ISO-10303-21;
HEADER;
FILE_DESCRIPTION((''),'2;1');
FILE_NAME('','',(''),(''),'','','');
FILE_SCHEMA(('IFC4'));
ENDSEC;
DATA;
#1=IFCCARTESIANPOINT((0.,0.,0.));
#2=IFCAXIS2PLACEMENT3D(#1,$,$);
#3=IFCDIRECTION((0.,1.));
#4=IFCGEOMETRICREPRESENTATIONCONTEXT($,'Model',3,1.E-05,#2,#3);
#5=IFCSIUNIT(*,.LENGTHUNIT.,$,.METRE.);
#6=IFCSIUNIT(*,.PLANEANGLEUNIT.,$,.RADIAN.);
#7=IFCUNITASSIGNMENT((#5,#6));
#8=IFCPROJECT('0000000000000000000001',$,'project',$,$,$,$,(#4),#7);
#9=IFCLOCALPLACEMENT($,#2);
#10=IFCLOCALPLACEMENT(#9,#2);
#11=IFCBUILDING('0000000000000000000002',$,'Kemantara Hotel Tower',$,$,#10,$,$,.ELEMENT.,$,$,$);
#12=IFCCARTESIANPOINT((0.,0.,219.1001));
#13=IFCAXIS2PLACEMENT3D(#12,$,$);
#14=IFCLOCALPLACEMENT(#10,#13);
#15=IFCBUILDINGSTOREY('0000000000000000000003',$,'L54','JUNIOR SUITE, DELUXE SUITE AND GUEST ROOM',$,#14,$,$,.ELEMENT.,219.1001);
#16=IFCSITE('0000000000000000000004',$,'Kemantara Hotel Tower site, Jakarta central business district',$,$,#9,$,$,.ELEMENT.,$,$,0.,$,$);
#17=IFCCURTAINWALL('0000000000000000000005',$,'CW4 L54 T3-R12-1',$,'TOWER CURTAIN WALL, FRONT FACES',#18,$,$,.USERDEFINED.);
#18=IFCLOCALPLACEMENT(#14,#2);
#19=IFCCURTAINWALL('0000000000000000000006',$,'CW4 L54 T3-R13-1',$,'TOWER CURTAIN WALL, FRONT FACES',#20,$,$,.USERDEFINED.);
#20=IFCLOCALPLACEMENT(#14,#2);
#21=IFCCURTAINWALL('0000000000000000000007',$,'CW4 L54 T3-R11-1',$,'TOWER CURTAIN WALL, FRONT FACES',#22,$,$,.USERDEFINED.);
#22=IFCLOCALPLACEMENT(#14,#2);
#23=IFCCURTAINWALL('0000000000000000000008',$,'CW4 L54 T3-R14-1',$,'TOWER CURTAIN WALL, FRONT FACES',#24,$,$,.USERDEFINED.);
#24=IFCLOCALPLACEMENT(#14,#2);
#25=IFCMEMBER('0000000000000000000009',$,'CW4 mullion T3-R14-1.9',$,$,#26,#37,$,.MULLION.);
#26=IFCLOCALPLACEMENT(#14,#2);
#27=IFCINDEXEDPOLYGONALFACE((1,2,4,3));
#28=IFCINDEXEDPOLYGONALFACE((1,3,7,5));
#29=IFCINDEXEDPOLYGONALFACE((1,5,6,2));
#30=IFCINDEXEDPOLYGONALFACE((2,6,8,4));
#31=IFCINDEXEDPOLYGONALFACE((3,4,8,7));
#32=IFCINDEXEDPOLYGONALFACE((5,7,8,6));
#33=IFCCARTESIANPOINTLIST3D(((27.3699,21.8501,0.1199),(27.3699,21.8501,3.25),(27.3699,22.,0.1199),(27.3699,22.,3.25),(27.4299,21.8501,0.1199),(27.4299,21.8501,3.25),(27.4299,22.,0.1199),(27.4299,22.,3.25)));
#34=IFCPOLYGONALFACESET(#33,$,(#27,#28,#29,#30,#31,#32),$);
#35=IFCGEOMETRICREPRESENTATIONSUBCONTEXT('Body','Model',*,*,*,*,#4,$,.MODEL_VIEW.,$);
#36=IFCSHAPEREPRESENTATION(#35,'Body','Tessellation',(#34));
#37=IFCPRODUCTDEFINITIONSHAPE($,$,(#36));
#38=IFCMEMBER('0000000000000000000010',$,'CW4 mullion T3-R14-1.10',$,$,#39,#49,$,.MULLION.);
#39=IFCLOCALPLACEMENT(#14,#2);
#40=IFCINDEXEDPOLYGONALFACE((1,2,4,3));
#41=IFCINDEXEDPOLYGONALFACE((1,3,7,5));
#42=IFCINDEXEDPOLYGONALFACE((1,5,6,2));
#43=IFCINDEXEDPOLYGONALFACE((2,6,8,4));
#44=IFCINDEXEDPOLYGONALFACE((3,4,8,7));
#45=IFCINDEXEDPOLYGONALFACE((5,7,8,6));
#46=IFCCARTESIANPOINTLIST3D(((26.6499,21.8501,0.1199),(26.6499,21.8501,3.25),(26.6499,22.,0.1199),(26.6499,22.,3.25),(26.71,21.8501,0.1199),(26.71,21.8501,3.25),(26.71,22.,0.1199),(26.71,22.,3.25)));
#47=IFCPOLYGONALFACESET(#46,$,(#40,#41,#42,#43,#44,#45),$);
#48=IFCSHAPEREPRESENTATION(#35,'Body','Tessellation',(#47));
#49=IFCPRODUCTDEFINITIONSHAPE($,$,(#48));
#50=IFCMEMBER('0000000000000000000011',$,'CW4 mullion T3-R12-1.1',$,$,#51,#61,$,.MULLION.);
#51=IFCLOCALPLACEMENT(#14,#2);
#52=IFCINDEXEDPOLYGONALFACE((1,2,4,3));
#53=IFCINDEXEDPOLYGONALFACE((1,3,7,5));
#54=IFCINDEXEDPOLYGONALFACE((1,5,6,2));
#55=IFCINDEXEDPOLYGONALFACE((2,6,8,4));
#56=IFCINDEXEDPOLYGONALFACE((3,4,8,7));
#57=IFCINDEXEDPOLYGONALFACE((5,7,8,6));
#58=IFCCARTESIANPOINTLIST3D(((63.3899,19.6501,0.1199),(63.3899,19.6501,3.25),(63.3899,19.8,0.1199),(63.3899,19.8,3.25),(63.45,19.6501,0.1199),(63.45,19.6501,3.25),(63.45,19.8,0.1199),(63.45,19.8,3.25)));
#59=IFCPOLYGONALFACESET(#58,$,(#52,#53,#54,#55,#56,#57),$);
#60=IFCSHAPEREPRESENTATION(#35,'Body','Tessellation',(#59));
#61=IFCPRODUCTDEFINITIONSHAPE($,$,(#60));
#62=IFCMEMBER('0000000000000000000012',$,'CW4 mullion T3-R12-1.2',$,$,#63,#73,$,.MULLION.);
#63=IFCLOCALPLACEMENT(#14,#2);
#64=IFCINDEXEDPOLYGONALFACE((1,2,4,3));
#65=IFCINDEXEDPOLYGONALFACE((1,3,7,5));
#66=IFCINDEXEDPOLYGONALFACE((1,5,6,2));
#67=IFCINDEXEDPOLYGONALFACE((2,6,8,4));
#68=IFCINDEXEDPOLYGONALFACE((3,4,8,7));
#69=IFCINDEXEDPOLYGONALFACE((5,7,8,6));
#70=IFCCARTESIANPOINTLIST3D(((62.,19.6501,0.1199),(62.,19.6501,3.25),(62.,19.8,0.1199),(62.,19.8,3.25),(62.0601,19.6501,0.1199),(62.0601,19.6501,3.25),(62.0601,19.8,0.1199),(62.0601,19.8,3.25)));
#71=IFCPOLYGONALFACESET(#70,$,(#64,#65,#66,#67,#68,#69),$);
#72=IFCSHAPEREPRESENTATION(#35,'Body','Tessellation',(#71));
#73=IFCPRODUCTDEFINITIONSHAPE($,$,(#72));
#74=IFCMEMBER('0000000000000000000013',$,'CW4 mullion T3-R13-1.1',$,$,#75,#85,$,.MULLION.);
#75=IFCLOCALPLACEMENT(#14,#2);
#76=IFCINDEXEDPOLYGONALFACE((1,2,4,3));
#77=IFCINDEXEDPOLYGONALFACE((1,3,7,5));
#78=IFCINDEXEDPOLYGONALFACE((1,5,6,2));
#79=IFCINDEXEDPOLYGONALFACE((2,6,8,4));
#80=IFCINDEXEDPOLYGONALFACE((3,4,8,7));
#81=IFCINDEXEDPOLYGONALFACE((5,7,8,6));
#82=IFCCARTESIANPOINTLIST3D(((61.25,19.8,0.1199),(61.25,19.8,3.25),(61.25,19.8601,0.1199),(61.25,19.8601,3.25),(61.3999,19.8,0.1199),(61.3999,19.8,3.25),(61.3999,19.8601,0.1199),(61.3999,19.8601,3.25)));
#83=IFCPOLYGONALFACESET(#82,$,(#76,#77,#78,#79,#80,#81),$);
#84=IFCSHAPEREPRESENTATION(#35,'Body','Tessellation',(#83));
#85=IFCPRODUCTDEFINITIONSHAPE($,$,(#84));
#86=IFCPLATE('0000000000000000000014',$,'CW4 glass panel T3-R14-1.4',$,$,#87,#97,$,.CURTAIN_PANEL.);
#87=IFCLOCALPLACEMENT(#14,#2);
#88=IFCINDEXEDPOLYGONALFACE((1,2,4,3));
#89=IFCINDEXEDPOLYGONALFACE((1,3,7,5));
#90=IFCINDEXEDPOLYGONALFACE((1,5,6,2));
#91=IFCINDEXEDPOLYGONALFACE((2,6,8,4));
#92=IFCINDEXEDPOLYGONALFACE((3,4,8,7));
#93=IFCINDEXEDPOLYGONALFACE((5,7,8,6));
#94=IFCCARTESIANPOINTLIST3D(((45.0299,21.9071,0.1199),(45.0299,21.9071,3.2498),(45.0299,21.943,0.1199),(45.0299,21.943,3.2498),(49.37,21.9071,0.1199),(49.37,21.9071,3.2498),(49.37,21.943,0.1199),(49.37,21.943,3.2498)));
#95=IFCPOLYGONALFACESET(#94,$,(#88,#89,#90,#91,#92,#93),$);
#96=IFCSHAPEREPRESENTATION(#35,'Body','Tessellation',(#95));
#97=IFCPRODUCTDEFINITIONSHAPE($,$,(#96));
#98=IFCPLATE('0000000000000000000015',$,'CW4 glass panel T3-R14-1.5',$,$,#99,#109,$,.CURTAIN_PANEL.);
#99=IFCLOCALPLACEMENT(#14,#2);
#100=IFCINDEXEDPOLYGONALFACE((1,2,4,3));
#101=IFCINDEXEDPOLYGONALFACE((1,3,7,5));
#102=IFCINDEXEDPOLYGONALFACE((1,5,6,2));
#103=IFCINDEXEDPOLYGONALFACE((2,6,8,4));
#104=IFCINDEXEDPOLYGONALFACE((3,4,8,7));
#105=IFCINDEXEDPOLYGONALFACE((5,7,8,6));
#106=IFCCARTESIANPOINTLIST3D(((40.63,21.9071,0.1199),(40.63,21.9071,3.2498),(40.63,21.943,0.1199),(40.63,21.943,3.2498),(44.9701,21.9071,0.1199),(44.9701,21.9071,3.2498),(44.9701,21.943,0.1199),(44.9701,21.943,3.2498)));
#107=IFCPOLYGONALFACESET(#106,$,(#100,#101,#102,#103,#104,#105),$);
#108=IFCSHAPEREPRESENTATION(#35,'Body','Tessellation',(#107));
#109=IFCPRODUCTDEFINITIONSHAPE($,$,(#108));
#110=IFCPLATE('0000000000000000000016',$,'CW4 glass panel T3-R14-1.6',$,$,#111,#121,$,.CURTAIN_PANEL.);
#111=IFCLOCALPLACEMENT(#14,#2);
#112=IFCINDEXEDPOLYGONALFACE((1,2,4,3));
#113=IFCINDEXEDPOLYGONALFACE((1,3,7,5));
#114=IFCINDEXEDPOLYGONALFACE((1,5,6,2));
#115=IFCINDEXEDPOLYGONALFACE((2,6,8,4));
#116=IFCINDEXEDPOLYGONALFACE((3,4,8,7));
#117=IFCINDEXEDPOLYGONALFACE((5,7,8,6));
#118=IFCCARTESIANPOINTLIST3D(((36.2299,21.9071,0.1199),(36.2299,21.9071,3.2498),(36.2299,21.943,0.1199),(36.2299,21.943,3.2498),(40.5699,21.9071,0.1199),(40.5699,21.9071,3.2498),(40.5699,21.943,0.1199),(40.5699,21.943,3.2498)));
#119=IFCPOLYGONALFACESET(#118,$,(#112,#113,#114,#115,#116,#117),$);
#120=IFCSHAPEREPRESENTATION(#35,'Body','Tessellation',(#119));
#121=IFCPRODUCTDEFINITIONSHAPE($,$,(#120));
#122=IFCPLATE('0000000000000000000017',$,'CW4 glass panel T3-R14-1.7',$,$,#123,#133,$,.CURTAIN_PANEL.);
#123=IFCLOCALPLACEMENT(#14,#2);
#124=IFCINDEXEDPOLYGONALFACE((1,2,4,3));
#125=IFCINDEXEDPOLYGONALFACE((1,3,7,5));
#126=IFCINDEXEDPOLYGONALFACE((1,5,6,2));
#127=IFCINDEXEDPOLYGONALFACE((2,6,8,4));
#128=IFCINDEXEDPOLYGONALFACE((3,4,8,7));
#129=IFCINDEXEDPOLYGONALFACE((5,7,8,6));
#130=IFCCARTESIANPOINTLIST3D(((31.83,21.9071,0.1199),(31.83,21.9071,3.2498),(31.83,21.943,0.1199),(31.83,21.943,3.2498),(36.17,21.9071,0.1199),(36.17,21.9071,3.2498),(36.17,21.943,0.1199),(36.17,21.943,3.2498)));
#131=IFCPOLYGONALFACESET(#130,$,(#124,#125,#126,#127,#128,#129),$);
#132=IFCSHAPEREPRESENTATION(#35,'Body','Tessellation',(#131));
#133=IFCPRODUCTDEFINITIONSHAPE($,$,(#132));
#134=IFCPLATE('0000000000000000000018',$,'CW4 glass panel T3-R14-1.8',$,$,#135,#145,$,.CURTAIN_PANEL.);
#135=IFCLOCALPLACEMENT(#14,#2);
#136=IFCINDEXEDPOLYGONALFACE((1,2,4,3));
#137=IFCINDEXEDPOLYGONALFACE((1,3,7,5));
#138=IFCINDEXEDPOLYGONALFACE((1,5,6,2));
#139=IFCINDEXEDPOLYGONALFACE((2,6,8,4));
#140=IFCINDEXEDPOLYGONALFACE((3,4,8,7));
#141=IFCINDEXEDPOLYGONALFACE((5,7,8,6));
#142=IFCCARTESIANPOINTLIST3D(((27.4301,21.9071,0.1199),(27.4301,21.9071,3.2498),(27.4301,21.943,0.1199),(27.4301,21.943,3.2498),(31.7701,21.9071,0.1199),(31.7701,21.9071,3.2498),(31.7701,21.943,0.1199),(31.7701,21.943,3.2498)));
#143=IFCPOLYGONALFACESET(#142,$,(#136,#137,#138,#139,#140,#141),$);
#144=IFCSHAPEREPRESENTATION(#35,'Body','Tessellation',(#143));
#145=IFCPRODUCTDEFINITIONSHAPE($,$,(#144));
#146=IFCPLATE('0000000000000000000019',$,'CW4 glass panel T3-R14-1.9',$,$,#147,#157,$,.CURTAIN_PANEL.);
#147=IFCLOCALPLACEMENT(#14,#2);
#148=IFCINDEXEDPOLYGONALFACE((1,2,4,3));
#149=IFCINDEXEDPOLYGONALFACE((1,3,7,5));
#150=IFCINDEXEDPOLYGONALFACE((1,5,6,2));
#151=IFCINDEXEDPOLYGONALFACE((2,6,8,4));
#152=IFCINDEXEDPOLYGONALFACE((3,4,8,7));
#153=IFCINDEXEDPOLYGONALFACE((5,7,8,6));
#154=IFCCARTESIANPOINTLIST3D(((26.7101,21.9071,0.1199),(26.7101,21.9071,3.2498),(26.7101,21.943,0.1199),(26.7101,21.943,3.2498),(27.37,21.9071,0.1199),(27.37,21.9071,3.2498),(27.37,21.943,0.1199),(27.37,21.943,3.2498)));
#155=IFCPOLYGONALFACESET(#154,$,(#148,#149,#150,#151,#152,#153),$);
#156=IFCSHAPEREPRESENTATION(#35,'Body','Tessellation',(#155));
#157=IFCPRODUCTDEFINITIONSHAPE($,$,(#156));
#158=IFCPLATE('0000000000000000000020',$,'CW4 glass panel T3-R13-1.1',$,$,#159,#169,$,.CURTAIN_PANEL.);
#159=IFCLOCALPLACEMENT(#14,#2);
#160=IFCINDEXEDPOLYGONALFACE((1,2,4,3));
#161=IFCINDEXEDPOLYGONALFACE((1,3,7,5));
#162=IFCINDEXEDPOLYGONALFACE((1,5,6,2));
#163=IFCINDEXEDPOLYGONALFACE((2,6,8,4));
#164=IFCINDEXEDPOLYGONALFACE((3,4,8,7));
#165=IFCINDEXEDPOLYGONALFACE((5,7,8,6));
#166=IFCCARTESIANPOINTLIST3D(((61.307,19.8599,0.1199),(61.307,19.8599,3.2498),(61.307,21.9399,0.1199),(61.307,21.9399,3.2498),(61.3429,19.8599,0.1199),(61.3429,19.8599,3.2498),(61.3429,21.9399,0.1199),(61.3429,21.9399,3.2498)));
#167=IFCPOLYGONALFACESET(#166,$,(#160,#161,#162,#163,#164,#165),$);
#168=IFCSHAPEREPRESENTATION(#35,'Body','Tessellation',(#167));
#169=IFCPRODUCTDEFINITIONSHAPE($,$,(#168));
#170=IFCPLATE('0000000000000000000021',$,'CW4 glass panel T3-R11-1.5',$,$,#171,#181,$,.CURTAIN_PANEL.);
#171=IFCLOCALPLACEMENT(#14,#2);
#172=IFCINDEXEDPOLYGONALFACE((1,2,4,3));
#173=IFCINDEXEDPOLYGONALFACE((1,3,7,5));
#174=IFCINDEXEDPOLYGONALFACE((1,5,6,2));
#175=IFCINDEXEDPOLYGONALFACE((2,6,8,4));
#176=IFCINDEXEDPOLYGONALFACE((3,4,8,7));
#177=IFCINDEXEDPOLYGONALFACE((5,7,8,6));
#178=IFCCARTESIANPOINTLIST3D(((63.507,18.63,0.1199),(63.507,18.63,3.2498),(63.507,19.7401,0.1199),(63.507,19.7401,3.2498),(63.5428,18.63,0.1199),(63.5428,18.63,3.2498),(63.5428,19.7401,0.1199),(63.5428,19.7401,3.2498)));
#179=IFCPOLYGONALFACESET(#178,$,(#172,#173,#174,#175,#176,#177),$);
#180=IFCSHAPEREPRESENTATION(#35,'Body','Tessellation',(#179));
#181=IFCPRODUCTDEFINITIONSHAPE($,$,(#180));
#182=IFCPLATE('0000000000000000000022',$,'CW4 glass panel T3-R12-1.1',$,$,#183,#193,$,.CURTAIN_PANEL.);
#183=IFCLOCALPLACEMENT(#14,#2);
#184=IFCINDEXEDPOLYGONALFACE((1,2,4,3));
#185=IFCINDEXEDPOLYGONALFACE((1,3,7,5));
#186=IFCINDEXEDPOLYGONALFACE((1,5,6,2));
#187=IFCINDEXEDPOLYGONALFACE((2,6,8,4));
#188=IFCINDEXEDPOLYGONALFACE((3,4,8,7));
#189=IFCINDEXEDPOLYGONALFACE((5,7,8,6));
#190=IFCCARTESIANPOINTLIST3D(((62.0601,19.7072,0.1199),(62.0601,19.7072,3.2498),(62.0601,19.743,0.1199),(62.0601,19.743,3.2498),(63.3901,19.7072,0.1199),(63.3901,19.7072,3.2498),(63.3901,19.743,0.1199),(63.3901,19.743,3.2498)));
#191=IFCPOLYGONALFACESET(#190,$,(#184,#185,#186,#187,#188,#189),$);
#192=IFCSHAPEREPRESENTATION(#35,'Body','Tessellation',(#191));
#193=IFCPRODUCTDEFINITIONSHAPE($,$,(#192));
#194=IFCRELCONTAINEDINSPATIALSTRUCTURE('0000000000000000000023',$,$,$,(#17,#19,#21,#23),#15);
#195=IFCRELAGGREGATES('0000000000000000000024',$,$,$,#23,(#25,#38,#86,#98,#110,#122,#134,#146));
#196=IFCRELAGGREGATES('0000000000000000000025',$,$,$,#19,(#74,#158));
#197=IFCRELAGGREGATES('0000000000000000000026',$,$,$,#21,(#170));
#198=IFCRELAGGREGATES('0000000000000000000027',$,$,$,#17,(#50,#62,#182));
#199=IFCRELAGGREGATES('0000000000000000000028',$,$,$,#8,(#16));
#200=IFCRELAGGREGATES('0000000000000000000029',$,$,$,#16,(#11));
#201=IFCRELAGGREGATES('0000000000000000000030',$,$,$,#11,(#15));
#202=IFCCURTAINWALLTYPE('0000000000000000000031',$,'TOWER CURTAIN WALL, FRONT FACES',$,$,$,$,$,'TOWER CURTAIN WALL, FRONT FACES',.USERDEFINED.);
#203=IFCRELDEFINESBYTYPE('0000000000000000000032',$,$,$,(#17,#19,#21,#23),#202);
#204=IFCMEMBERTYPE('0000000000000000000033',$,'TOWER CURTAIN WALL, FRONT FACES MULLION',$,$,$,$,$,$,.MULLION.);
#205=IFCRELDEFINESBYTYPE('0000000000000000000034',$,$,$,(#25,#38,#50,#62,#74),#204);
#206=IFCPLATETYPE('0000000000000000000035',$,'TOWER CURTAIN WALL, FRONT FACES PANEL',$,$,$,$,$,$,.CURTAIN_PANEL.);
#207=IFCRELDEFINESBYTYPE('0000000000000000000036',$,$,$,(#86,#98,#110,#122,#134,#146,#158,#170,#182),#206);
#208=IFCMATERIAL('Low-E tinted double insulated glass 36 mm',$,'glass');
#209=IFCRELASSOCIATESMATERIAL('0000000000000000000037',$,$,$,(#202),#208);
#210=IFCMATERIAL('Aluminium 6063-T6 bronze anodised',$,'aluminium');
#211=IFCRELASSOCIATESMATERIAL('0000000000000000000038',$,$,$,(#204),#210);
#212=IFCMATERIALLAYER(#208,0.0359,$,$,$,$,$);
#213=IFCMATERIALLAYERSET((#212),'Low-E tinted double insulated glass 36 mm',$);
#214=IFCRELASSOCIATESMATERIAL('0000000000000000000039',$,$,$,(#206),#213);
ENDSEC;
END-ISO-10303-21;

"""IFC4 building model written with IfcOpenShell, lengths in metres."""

from ifc_helpers import new_model, si_unit, direction, frame, origin, origin_2d, place, context, subcontext, project, spatial, rectangle, extrude, source, transform, mapped, material, layer, layer_set, material_profile, profile_set, type_object, element, aggregate, save


model = new_model("IFC4")

# Units and contexts
model_context = context("Model", 3, precision=1e-05, world=origin(), true_north=direction((0.0, 1.0)))
body_context = subcontext(model_context, "Body", "Model", "MODEL_VIEW")
ifc_project = project(units=[si_unit("LENGTHUNIT", "METRE"), si_unit("PLANEANGLEUNIT", "RADIAN")], contexts=[model_context])

# Site, building, storey
site_placement = place(None, origin())
site = spatial("IfcSite", under=ifc_project, at=site_placement, Name="Kemantara Hotel Tower site, Jakarta central business district", CompositionType="ELEMENT", RefElevation=0.0)
building_placement = place(site_placement, origin())
building = spatial("IfcBuilding", under=site, at=building_placement, Name="Kemantara Hotel Tower", CompositionType="ELEMENT")
storey_placement = place(building_placement, frame((0.0, 0.0, 219.1001)))
storey = spatial("IfcBuildingStorey", under=building, at=storey_placement, Name="L54", Description="JUNIOR SUITE, DELUXE SUITE AND GUEST ROOM", CompositionType="ELEMENT", Elevation=219.1001)

# Curtain walls
ifc_material_1 = material(Name="Low-E tinted double insulated glass 36 mm", Category="glass")
curtain_wall_type = type_object("IfcCurtainWallType", Name="TOWER CURTAIN WALL, FRONT FACES", ElementType="TOWER CURTAIN WALL, FRONT FACES", PredefinedType="USERDEFINED", material=ifc_material_1)
curtain_wall_1_placement = place(storey_placement, origin())
curtain_wall_1 = element("IfcCurtainWall", 1, at=curtain_wall_1_placement, inside=storey, type_object=curtain_wall_type, Name="CW4 L54 T3-R12-1", ObjectType="TOWER CURTAIN WALL, FRONT FACES", PredefinedType="USERDEFINED")
ifc_material_2 = material(Name="Aluminium 6063-T6 bronze anodised", Category="aluminium")
curtain_wall_2_placement = place(storey_placement, origin())
curtain_wall_2 = element("IfcCurtainWall", 2, at=curtain_wall_2_placement, inside=storey, type_object=curtain_wall_type, Name="CW4 L54 T3-R13-1", ObjectType="TOWER CURTAIN WALL, FRONT FACES", PredefinedType="USERDEFINED")

# Curtain walls, members
curtain_wall_3_placement = place(storey_placement, origin())
curtain_wall_3 = element("IfcCurtainWall", 3, at=curtain_wall_3_placement, inside=storey, type_object=curtain_wall_type, Name="CW4 L54 T3-R11-1", ObjectType="TOWER CURTAIN WALL, FRONT FACES", PredefinedType="USERDEFINED")
ifc_material_profile_1 = material_profile(ifc_material_2, rectangle(XDim=0.1499, YDim=0.0601, at=origin_2d()), Name="TOWER CURTAIN WALL, FRONT FACES MULLION")
ifc_profile_set_1 = profile_set([ifc_material_profile_1], Name="Aluminium 6063-T6 bronze anodised")
member_type_1 = type_object("IfcMemberType", Name="TOWER CURTAIN WALL, FRONT FACES MULLION", PredefinedType="MULLION", material=ifc_profile_set_1)
shared_shape_1 = source(origin(), body_context, "Body", "SweptSolid", [
    extrude(rectangle(XDim=0.1499, YDim=0.0601, at=origin_2d()), origin(), (0.0, 0.0, 1.0), 3.1301),
])
curtain_wall_4_placement = place(storey_placement, origin())
curtain_wall_4 = element("IfcCurtainWall", 4, at=curtain_wall_4_placement, inside=storey, type_object=curtain_wall_type, Name="CW4 L54 T3-R14-1", ObjectType="TOWER CURTAIN WALL, FRONT FACES", PredefinedType="USERDEFINED")
member_1_placement = place(storey_placement, frame((27.3999, 21.925, 0.1199), z_axis=(0.0, 0.0, 1.0), x_axis=(0.0, -1.0, 0.0)))
member_1 = element("IfcMember", 5, at=member_1_placement, type_object=member_type_1, Name="CW4 mullion T3-R14-1.9", PredefinedType="MULLION", context=body_context, shape_type="MappedRepresentation", body=[
    mapped(shared_shape_1, transform((0.0, 0.0, 0.0))),
])
member_2_placement = place(storey_placement, frame((26.6799, 21.925, 0.1199), z_axis=(0.0, 0.0, 1.0), x_axis=(0.0, -1.0, 0.0)))
member_2 = element("IfcMember", 6, at=member_2_placement, type_object=member_type_1, Name="CW4 mullion T3-R14-1.10", PredefinedType="MULLION", context=body_context, shape_type="MappedRepresentation", body=[
    mapped(shared_shape_1, transform((0.0, 0.0, 0.0))),
])

# Members
member_3_placement = place(storey_placement, frame((63.4199, 19.7251, 0.1199), z_axis=(0.0, 0.0, 1.0), x_axis=(0.0, -1.0, 0.0)))
member_3 = element("IfcMember", 7, at=member_3_placement, type_object=member_type_1, Name="CW4 mullion T3-R12-1.1", PredefinedType="MULLION", context=body_context, shape_type="MappedRepresentation", body=[
    mapped(shared_shape_1, transform((0.0, 0.0, 0.0))),
])
member_4_placement = place(storey_placement, frame((62.03, 19.7251, 0.1199), z_axis=(0.0, 0.0, 1.0), x_axis=(0.0, -1.0, 0.0)))
member_4 = element("IfcMember", 8, at=member_4_placement, type_object=member_type_1, Name="CW4 mullion T3-R12-1.2", PredefinedType="MULLION", context=body_context, shape_type="MappedRepresentation", body=[
    mapped(shared_shape_1, transform((0.0, 0.0, 0.0))),
])
member_5_placement = place(storey_placement, frame((61.325, 19.8301, 0.1199), z_axis=(0.0, 0.0, 1.0), x_axis=(-1.0, 0.0, 0.0)))
member_5 = element("IfcMember", 9, at=member_5_placement, type_object=member_type_1, Name="CW4 mullion T3-R13-1.1", PredefinedType="MULLION", context=body_context, shape_type="MappedRepresentation", body=[
    mapped(shared_shape_1, transform((0.0, 0.0, 0.0))),
])

# Plates
ifc_layer_1 = layer(ifc_material_1, 0.0359)
ifc_layer_set_1 = layer_set([ifc_layer_1], Name="Low-E tinted double insulated glass 36 mm")
plate_type = type_object("IfcPlateType", Name="TOWER CURTAIN WALL, FRONT FACES PANEL", PredefinedType="CURTAIN_PANEL", material=ifc_layer_set_1)
shared_shape_2 = source(origin(), body_context, "Body", "SweptSolid", [
    extrude(rectangle(XDim=4.3401, YDim=0.0359, at=origin_2d()), origin(), (0.0, 0.0, 1.0), 3.1299),
])
plate_1_placement = place(storey_placement, frame((47.2, 21.925, 0.1199), z_axis=(0.0, 0.0, 1.0), x_axis=(-1.0, 0.0, 0.0)))
plate_1 = element("IfcPlate", 10, at=plate_1_placement, type_object=plate_type, Name="CW4 glass panel T3-R14-1.4", PredefinedType="CURTAIN_PANEL", context=body_context, shape_type="MappedRepresentation", body=[
    mapped(shared_shape_2, transform((0.0, 0.0, 0.0))),
])
plate_2_placement = place(storey_placement, frame((42.8, 21.925, 0.1199), z_axis=(0.0, 0.0, 1.0), x_axis=(-1.0, 0.0, 0.0)))
plate_2 = element("IfcPlate", 11, at=plate_2_placement, type_object=plate_type, Name="CW4 glass panel T3-R14-1.5", PredefinedType="CURTAIN_PANEL", context=body_context, shape_type="MappedRepresentation", body=[
    mapped(shared_shape_2, transform((0.0, 0.0, 0.0))),
])
plate_3_placement = place(storey_placement, frame((38.3999, 21.925, 0.1199), z_axis=(0.0, 0.0, 1.0), x_axis=(-1.0, 0.0, 0.0)))
plate_3 = element("IfcPlate", 12, at=plate_3_placement, type_object=plate_type, Name="CW4 glass panel T3-R14-1.6", PredefinedType="CURTAIN_PANEL", context=body_context, shape_type="MappedRepresentation", body=[
    mapped(shared_shape_2, transform((0.0, 0.0, 0.0))),
])
plate_4_placement = place(storey_placement, frame((34.0, 21.925, 0.1199), z_axis=(0.0, 0.0, 1.0), x_axis=(-1.0, 0.0, 0.0)))
plate_4 = element("IfcPlate", 13, at=plate_4_placement, type_object=plate_type, Name="CW4 glass panel T3-R14-1.7", PredefinedType="CURTAIN_PANEL", context=body_context, shape_type="MappedRepresentation", body=[
    mapped(shared_shape_2, transform((0.0, 0.0, 0.0))),
])
plate_5_placement = place(storey_placement, frame((29.6001, 21.925, 0.1199), z_axis=(0.0, 0.0, 1.0), x_axis=(-1.0, 0.0, 0.0)))
plate_5 = element("IfcPlate", 14, at=plate_5_placement, type_object=plate_type, Name="CW4 glass panel T3-R14-1.8", PredefinedType="CURTAIN_PANEL", context=body_context, shape_type="MappedRepresentation", body=[
    mapped(shared_shape_2, transform((0.0, 0.0, 0.0))),
])
shared_shape_3 = source(origin(), body_context, "Body", "SweptSolid", [
    extrude(rectangle(XDim=0.6599, YDim=0.0359, at=origin_2d()), origin(), (0.0, 0.0, 1.0), 3.1299),
])
plate_6_placement = place(storey_placement, frame((27.04, 21.925, 0.1199), z_axis=(0.0, 0.0, 1.0), x_axis=(-1.0, 0.0, 0.0)))
plate_6 = element("IfcPlate", 15, at=plate_6_placement, type_object=plate_type, Name="CW4 glass panel T3-R14-1.9", PredefinedType="CURTAIN_PANEL", context=body_context, shape_type="MappedRepresentation", body=[
    mapped(shared_shape_3, transform((0.0, 0.0, 0.0))),
])
aggregate(curtain_wall_4, [member_1, member_2, plate_1, plate_2, plate_3, plate_4, plate_5, plate_6])
shared_shape_4 = source(origin(), body_context, "Body", "SweptSolid", [
    extrude(rectangle(XDim=2.0801, YDim=0.0359, at=origin_2d()), origin(), (0.0, 0.0, 1.0), 3.1299),
])
plate_7_placement = place(storey_placement, frame((61.325, 20.8999, 0.1199), z_axis=(0.0, 0.0, 1.0), x_axis=(0.0, 1.0, 0.0)))
plate_7 = element("IfcPlate", 16, at=plate_7_placement, type_object=plate_type, Name="CW4 glass panel T3-R13-1.1", PredefinedType="CURTAIN_PANEL", context=body_context, shape_type="MappedRepresentation", body=[
    mapped(shared_shape_4, transform((0.0, 0.0, 0.0))),
])
aggregate(curtain_wall_2, [member_5, plate_7])
shared_shape_5 = source(origin(), body_context, "Body", "SweptSolid", [
    extrude(rectangle(XDim=1.1101, YDim=0.0359, at=origin_2d()), origin(), (0.0, 0.0, 1.0), 3.1299),
])
plate_8_placement = place(storey_placement, frame((63.5249, 19.1851, 0.1199), z_axis=(0.0, 0.0, 1.0), x_axis=(0.0, 1.0, 0.0)))
plate_8 = element("IfcPlate", 17, at=plate_8_placement, type_object=plate_type, Name="CW4 glass panel T3-R11-1.5", PredefinedType="CURTAIN_PANEL", context=body_context, shape_type="MappedRepresentation", body=[
    mapped(shared_shape_5, transform((0.0, 0.0, 0.0))),
])
aggregate(curtain_wall_3, [plate_8])
shared_shape_6 = source(origin(), body_context, "Body", "SweptSolid", [
    extrude(rectangle(XDim=1.3301, YDim=0.0359, at=origin_2d()), origin(), (0.0, 0.0, 1.0), 3.1299),
])
plate_9_placement = place(storey_placement, frame((62.7251, 19.7251, 0.1199), z_axis=(0.0, 0.0, 1.0), x_axis=(-1.0, 0.0, 0.0)))
plate_9 = element("IfcPlate", 18, at=plate_9_placement, type_object=plate_type, Name="CW4 glass panel T3-R12-1.1", PredefinedType="CURTAIN_PANEL", context=body_context, shape_type="MappedRepresentation", body=[
    mapped(shared_shape_6, transform((0.0, 0.0, 0.0))),
])
aggregate(curtain_wall_1, [member_3, member_4, plate_9])

save(model, "model.ifc")
